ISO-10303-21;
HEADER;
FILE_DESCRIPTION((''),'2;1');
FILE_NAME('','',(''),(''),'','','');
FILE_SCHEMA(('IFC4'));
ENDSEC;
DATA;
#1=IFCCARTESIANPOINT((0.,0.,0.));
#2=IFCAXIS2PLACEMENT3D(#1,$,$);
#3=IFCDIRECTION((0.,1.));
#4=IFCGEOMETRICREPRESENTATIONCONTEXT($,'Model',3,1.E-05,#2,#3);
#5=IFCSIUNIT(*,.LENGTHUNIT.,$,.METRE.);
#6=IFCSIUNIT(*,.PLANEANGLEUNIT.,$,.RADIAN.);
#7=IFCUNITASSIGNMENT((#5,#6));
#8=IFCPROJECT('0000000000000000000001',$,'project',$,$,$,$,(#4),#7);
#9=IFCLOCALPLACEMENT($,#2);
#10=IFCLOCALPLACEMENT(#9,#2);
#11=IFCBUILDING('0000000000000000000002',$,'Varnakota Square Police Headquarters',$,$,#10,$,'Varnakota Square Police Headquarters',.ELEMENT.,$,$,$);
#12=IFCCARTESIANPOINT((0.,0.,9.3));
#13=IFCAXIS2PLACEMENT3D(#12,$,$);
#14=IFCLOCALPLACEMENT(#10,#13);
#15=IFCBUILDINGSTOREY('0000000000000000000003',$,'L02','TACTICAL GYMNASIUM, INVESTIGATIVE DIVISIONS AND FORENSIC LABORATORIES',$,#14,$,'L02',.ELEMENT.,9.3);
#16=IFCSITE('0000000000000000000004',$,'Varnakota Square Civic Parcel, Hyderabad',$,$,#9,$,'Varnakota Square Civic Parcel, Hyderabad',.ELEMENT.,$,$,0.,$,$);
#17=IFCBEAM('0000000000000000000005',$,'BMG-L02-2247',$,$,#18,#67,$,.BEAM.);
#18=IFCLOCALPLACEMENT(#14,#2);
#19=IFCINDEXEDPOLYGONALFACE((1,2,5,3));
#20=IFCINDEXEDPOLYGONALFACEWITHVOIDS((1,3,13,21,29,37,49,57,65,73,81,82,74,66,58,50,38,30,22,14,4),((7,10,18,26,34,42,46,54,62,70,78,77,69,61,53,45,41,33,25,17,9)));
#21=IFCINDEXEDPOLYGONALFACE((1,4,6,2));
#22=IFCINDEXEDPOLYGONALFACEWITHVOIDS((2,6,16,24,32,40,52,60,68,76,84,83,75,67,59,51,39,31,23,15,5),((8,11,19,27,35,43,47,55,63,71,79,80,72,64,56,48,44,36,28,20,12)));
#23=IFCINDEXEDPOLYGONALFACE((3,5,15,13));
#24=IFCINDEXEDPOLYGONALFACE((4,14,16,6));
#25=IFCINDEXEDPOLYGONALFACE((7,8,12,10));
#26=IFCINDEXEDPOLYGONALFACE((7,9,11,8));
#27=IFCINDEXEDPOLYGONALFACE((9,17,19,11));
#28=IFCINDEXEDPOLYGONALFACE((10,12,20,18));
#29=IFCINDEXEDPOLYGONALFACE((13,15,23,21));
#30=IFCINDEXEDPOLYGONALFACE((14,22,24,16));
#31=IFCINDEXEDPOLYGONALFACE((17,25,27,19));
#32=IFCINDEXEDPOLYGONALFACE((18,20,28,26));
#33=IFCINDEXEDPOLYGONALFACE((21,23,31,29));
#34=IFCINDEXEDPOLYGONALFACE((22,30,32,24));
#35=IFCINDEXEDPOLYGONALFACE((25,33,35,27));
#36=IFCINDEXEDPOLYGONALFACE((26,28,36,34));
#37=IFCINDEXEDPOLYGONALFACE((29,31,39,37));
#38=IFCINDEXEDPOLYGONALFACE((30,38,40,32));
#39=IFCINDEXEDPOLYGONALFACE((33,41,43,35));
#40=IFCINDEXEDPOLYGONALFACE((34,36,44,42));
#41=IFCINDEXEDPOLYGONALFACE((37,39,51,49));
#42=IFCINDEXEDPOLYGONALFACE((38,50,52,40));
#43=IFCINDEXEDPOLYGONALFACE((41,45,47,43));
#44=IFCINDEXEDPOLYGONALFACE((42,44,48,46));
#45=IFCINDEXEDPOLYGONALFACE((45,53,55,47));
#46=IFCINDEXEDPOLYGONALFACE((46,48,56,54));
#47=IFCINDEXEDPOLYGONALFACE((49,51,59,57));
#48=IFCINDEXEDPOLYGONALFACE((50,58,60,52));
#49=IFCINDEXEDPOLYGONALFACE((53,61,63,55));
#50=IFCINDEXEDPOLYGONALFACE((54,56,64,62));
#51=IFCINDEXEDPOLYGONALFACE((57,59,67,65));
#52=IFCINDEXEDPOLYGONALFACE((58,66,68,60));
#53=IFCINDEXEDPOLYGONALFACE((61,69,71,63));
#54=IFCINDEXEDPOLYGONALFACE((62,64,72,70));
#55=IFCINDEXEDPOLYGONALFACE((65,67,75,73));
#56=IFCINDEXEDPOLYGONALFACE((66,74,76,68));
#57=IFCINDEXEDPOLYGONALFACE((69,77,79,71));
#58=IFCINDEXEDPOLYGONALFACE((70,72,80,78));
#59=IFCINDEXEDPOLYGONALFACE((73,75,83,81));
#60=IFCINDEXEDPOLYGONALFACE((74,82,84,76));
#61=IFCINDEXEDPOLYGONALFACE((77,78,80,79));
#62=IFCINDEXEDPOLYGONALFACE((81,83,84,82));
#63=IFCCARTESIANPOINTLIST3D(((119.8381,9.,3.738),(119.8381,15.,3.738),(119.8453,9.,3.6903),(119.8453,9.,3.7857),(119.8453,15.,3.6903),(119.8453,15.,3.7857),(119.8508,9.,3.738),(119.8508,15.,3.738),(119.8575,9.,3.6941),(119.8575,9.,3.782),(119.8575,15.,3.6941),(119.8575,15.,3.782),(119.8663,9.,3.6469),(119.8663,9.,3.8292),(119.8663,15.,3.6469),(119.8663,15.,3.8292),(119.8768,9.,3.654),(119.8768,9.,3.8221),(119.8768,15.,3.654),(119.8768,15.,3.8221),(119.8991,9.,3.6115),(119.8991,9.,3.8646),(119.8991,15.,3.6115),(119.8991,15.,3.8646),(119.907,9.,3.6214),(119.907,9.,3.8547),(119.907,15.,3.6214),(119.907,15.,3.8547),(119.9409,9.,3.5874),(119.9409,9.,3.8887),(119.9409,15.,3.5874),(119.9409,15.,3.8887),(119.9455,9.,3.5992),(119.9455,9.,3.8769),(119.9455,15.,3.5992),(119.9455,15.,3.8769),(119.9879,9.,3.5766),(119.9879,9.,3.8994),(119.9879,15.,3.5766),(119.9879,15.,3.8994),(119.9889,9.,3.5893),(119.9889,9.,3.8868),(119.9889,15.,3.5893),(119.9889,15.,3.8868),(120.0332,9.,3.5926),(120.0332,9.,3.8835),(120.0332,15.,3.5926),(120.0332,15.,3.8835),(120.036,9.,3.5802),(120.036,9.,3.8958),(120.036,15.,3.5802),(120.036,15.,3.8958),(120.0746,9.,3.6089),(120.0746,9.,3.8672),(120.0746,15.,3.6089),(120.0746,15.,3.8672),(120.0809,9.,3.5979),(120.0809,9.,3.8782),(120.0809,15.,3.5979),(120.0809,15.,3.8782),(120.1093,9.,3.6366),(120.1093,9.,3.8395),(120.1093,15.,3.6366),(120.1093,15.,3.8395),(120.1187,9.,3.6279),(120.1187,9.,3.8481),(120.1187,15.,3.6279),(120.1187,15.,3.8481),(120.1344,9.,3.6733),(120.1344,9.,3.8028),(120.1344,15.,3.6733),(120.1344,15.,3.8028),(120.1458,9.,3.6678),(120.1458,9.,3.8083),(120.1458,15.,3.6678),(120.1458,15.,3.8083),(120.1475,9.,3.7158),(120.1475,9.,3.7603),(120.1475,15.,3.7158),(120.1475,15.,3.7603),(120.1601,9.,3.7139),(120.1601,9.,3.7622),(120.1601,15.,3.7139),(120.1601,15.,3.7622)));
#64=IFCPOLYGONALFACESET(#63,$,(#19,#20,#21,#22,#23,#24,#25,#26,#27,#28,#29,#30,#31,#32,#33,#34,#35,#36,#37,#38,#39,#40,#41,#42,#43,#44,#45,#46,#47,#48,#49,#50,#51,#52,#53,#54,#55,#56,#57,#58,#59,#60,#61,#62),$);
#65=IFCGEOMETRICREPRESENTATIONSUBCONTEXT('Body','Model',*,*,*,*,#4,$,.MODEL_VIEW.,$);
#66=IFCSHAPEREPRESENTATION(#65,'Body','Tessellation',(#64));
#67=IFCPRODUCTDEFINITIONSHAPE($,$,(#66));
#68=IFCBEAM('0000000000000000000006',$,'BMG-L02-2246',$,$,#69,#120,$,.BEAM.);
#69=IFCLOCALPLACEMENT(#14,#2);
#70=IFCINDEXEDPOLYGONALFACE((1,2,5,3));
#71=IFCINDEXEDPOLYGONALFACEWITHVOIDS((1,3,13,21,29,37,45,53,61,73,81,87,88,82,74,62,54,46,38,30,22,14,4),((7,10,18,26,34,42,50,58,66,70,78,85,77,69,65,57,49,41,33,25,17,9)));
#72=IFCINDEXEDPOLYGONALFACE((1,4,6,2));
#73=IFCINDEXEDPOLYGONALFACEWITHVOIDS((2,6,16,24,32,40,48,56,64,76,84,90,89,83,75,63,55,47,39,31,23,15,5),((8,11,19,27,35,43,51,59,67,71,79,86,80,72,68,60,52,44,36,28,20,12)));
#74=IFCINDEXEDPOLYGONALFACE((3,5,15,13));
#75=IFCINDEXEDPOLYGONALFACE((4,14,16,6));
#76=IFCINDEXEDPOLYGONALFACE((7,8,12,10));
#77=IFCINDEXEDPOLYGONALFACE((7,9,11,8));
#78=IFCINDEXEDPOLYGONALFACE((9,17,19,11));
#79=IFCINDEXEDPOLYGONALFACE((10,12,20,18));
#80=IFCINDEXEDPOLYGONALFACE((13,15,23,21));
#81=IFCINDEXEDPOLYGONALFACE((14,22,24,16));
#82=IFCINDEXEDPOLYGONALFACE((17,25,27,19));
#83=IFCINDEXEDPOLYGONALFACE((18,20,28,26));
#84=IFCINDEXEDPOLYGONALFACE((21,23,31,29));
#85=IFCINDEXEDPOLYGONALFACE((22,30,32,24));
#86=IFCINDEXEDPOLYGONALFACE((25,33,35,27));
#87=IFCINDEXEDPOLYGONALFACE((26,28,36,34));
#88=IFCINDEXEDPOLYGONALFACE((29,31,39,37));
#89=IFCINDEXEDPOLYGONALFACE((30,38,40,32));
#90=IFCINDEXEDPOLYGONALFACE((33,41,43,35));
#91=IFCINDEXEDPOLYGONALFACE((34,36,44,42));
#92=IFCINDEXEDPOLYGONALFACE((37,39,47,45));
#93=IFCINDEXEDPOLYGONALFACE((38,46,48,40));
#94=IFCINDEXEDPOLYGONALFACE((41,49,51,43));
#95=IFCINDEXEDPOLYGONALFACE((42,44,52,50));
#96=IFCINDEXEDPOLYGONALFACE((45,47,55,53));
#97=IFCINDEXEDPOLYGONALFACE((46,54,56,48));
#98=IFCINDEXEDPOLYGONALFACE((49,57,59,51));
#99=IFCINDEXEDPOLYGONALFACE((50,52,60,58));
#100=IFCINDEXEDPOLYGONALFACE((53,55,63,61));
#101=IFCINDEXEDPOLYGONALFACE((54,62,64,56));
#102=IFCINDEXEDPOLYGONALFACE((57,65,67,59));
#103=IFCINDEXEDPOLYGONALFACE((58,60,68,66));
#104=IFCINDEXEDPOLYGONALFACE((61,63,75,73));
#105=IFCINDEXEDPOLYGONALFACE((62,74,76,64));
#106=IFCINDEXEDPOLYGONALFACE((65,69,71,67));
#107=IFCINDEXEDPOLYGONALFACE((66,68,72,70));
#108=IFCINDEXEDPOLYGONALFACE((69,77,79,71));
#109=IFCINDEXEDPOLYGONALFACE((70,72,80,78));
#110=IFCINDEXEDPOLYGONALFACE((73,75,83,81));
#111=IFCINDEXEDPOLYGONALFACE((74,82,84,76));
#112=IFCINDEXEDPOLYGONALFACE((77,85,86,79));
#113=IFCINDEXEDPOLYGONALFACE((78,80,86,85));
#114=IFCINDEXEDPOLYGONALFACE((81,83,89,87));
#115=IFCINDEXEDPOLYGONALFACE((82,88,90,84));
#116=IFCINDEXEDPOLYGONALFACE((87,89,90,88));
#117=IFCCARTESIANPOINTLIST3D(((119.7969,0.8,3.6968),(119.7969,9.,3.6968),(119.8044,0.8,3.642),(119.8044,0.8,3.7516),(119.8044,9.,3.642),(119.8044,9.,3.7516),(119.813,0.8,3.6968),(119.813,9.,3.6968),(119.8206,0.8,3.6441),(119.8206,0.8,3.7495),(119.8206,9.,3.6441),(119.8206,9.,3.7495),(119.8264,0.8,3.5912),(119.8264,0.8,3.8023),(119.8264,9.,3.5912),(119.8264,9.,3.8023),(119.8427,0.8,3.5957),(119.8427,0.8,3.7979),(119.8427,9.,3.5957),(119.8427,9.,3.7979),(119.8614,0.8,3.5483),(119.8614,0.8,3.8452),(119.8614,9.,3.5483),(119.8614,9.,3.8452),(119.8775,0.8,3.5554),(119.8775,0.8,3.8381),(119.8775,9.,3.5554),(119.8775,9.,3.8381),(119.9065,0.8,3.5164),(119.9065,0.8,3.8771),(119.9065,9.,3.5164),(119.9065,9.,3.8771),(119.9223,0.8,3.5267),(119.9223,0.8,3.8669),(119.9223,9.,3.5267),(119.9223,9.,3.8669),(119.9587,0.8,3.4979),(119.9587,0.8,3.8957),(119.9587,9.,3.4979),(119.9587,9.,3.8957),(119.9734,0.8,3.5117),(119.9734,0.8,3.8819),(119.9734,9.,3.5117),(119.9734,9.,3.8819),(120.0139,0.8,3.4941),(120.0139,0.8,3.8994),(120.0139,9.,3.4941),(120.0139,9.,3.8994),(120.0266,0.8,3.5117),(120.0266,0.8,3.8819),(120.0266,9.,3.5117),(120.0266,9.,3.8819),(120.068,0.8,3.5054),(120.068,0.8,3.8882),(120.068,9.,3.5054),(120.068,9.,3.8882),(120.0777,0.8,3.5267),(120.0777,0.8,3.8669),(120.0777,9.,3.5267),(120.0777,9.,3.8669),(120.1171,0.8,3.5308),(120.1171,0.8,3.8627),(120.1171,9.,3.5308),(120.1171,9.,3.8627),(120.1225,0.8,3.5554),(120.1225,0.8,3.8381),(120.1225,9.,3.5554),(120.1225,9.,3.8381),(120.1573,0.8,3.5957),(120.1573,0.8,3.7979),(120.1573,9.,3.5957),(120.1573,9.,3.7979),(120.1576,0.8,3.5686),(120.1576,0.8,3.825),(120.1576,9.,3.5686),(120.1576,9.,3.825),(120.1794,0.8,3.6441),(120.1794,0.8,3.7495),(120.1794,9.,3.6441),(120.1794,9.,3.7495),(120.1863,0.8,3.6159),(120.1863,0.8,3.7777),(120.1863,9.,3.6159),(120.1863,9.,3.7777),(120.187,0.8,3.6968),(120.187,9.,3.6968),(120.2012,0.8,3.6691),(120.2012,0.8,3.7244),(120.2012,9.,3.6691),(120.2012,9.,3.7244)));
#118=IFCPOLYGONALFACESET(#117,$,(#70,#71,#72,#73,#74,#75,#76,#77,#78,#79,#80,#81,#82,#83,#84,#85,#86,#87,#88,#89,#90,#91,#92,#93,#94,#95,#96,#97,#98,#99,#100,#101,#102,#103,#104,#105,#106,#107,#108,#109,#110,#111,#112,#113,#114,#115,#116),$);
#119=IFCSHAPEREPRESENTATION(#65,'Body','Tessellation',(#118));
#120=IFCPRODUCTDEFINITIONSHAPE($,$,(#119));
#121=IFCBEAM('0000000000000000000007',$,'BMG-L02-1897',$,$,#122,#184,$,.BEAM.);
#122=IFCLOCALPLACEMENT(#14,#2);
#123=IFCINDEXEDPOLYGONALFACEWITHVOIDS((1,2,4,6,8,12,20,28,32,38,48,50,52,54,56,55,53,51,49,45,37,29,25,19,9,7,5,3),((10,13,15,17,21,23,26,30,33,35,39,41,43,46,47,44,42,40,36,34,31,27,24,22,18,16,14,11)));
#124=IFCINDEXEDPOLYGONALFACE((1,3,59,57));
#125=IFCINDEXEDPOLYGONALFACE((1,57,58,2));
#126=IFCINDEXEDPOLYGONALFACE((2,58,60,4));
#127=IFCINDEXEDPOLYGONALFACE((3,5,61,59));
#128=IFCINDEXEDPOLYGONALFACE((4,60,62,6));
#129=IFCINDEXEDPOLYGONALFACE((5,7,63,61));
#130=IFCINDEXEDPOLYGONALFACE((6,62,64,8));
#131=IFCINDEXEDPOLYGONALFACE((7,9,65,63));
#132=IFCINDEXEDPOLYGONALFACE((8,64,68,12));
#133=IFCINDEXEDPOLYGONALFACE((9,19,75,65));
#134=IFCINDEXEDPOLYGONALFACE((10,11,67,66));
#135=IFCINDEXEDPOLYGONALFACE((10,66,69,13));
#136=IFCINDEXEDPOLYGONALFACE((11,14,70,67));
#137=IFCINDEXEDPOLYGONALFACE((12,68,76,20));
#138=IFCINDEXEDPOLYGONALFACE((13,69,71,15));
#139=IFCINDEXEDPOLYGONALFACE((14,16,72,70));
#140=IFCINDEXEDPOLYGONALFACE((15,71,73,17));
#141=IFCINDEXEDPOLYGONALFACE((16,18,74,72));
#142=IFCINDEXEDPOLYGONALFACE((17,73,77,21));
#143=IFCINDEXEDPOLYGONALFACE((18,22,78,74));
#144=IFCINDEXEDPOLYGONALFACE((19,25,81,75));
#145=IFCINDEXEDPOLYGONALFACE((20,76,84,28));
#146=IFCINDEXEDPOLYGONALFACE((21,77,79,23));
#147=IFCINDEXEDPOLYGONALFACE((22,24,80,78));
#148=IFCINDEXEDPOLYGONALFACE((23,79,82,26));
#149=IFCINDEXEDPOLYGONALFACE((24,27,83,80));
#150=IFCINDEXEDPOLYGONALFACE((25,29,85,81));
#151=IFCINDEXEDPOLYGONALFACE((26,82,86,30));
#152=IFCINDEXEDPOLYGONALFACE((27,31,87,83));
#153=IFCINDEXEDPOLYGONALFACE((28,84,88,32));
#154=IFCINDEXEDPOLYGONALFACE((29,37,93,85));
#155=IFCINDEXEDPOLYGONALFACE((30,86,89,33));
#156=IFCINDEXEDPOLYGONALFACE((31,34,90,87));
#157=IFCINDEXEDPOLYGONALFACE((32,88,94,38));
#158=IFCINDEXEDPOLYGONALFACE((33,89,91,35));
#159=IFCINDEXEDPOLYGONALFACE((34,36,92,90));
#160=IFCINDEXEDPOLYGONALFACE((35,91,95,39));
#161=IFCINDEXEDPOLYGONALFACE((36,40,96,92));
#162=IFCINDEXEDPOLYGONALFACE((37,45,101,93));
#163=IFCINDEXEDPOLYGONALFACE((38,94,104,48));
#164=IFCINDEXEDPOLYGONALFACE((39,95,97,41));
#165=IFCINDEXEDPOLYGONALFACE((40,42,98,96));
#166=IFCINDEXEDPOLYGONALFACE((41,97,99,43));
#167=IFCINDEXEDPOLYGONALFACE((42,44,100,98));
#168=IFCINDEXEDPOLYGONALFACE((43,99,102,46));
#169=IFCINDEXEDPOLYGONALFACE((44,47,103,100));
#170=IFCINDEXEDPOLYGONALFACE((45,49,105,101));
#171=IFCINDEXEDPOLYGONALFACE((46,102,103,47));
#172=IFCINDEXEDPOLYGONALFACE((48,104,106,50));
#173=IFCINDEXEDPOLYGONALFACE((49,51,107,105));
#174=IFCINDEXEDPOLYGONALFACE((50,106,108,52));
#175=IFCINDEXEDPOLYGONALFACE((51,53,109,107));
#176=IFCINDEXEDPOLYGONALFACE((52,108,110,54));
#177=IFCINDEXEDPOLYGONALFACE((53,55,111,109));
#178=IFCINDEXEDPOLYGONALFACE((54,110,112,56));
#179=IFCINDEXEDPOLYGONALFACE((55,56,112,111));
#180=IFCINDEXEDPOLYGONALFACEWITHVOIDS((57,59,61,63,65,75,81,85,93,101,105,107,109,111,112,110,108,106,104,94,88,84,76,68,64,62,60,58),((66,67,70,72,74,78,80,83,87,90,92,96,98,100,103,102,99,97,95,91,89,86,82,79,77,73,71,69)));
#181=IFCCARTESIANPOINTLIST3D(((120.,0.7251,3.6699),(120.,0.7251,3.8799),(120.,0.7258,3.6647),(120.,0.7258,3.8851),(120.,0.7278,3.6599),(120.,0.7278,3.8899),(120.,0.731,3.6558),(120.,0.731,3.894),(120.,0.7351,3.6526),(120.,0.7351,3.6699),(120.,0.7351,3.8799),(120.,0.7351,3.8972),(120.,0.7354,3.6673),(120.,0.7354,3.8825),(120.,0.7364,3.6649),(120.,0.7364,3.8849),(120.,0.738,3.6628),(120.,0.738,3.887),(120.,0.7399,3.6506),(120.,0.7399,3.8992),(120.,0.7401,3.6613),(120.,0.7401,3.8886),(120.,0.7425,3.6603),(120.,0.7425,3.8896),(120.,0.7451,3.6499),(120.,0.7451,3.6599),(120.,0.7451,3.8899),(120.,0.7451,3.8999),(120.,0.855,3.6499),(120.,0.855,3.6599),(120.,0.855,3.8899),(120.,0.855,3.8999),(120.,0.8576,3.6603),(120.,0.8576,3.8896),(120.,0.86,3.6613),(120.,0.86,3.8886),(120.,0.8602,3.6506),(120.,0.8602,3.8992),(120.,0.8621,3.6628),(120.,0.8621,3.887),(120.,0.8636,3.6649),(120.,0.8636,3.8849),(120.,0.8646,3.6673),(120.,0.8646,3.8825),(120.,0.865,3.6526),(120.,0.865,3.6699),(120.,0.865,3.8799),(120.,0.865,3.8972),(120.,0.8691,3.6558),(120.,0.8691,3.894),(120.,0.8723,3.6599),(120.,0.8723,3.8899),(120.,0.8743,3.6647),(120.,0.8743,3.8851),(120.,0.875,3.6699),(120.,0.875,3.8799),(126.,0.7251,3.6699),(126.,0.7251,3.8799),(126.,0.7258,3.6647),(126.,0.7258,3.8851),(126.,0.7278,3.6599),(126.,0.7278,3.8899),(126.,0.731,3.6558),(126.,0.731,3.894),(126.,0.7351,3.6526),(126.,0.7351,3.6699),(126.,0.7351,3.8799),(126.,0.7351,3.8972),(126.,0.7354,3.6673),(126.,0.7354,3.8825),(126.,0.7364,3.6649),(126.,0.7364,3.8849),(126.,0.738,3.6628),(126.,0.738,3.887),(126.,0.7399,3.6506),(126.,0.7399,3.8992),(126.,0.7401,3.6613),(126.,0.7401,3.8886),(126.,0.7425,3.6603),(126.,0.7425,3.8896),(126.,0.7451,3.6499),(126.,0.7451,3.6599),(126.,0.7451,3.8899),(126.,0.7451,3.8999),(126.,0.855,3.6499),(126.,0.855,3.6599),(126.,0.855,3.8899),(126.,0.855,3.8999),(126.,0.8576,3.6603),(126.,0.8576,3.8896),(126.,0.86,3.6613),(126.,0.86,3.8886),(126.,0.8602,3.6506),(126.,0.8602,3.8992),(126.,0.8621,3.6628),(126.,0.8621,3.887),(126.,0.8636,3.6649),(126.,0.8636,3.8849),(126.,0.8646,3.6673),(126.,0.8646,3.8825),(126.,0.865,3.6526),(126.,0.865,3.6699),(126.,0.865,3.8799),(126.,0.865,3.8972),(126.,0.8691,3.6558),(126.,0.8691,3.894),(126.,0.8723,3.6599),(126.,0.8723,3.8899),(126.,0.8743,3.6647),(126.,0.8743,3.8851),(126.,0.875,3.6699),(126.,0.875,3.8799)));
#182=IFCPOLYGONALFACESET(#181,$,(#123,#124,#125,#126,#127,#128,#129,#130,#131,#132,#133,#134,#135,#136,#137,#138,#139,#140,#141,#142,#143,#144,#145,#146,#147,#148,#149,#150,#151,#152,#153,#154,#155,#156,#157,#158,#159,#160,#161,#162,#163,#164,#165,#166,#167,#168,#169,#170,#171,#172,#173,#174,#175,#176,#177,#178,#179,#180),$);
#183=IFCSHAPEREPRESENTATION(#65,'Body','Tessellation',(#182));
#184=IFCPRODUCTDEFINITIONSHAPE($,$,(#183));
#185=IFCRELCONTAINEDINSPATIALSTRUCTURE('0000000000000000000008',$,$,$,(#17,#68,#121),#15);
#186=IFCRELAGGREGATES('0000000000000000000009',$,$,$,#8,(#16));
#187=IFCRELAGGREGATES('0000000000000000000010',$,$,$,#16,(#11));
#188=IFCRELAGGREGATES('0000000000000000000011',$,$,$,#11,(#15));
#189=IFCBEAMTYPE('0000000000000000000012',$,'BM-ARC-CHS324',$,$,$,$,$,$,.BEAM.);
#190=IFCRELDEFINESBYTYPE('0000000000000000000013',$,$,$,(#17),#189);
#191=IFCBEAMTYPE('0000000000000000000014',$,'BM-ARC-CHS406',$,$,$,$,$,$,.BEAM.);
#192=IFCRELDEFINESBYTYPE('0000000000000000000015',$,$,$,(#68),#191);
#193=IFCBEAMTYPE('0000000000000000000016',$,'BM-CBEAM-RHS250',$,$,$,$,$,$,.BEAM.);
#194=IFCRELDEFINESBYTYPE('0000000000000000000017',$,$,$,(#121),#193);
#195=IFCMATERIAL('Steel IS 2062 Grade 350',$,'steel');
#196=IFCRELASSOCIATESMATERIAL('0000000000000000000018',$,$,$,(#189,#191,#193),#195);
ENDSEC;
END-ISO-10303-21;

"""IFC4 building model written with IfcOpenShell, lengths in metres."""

from ifc_helpers import new_model, si_unit, direction, frame, origin, origin_2d, place, context, subcontext, project, spatial, hollow_rectangle, hollow_circle, extrude, material, material_profile, profile_set, type_object, element, save


model = new_model("IFC4")

# Units and contexts
model_context = context("Model", 3, precision=1e-05, world=origin(), true_north=direction((0.0, 1.0)))
body_context = subcontext(model_context, "Body", "Model", "MODEL_VIEW")
ifc_project = project(units=[si_unit("LENGTHUNIT", "METRE"), si_unit("PLANEANGLEUNIT", "RADIAN")], contexts=[model_context])

# Site, building, storey
site_placement = place(None, origin())
site = spatial("IfcSite", under=ifc_project, at=site_placement, Name="Varnakota Square Civic Parcel, Hyderabad", LongName="Varnakota Square Civic Parcel, Hyderabad", CompositionType="ELEMENT", RefElevation=0.0)
building_placement = place(site_placement, origin())
building = spatial("IfcBuilding", under=site, at=building_placement, Name="Varnakota Square Police Headquarters", LongName="Varnakota Square Police Headquarters", CompositionType="ELEMENT")
storey_placement = place(building_placement, frame((0.0, 0.0, 9.3)))
storey = spatial("IfcBuildingStorey", under=building, at=storey_placement, Name="L02", Description="TACTICAL GYMNASIUM, INVESTIGATIVE DIVISIONS AND FORENSIC LABORATORIES", LongName="L02", CompositionType="ELEMENT", Elevation=9.3)

# Shared definitions
ifc_material_1 = material(Name="Steel IS 2062 Grade 350", Category="steel")

# Beams
ifc_material_profile_1 = material_profile(ifc_material_1, hollow_circle(Radius=0.1619, WallThickness=0.0127, at=origin_2d()), Name="CHS 323.9x12.7")
ifc_profile_set_1 = profile_set([ifc_material_profile_1], Name="Steel IS 2062 Grade 350")
beam_type_1 = type_object("IfcBeamType", Name="BM-ARC-CHS324", PredefinedType="BEAM", material=ifc_profile_set_1)
beam_1_placement = place(storey_placement, frame((120.0, 9.0, 3.738), z_axis=(0.0, 1.0, 0.0), x_axis=(-1.0, 0.0, 0.0)))
element("IfcBeam", 1, at=beam_1_placement, inside=storey, type_object=beam_type_1, Name="BMG-L02-2247", PredefinedType="BEAM", context=body_context, shape_type="SweptSolid", body=[
    extrude(hollow_circle(Radius=0.1619, WallThickness=0.0127, at=origin_2d()), origin(), (0.0, 0.0, 1.0), 6.0),
])
ifc_material_profile_2 = material_profile(ifc_material_1, hollow_circle(Radius=0.2031, WallThickness=0.0161, at=origin_2d()), Name="CHS 406.4x16.0")
ifc_profile_set_2 = profile_set([ifc_material_profile_2], Name="Steel IS 2062 Grade 350")
beam_type_2 = type_object("IfcBeamType", Name="BM-ARC-CHS406", PredefinedType="BEAM", material=ifc_profile_set_2)
beam_2_placement = place(storey_placement, frame((120.0, 0.8, 3.6968), z_axis=(0.0, 1.0, 0.0), x_axis=(-1.0, 0.0, 0.0)))
element("IfcBeam", 2, at=beam_2_placement, inside=storey, type_object=beam_type_2, Name="BMG-L02-2246", PredefinedType="BEAM", context=body_context, shape_type="SweptSolid", body=[
    extrude(hollow_circle(Radius=0.2031, WallThickness=0.0161, at=origin_2d()), origin(), (0.0, 0.0, 1.0), 8.2),
])
ifc_material_profile_3 = material_profile(ifc_material_1, hollow_rectangle(XDim=0.1499, YDim=0.25, WallThickness=0.01, InnerFilletRadius=0.01, OuterFilletRadius=0.02, at=origin_2d()), Name="RHS 250x150x10")
ifc_profile_set_3 = profile_set([ifc_material_profile_3], Name="Steel IS 2062 Grade 350")
beam_type_3 = type_object("IfcBeamType", Name="BM-CBEAM-RHS250", PredefinedType="BEAM", material=ifc_profile_set_3)
beam_3_placement = place(storey_placement, frame((120.0, 0.8, 3.7749), z_axis=(1.0, 0.0, 0.0), x_axis=(0.0, 1.0, 0.0)))
element("IfcBeam", 3, at=beam_3_placement, inside=storey, type_object=beam_type_3, Name="BMG-L02-1897", PredefinedType="BEAM", context=body_context, shape_type="SweptSolid", body=[
    extrude(hollow_rectangle(XDim=0.1499, YDim=0.25, WallThickness=0.01, InnerFilletRadius=0.01, OuterFilletRadius=0.02, at=origin_2d()), origin(), (0.0, 0.0, 1.0), 6.0),
])

save(model, "model.ifc")
